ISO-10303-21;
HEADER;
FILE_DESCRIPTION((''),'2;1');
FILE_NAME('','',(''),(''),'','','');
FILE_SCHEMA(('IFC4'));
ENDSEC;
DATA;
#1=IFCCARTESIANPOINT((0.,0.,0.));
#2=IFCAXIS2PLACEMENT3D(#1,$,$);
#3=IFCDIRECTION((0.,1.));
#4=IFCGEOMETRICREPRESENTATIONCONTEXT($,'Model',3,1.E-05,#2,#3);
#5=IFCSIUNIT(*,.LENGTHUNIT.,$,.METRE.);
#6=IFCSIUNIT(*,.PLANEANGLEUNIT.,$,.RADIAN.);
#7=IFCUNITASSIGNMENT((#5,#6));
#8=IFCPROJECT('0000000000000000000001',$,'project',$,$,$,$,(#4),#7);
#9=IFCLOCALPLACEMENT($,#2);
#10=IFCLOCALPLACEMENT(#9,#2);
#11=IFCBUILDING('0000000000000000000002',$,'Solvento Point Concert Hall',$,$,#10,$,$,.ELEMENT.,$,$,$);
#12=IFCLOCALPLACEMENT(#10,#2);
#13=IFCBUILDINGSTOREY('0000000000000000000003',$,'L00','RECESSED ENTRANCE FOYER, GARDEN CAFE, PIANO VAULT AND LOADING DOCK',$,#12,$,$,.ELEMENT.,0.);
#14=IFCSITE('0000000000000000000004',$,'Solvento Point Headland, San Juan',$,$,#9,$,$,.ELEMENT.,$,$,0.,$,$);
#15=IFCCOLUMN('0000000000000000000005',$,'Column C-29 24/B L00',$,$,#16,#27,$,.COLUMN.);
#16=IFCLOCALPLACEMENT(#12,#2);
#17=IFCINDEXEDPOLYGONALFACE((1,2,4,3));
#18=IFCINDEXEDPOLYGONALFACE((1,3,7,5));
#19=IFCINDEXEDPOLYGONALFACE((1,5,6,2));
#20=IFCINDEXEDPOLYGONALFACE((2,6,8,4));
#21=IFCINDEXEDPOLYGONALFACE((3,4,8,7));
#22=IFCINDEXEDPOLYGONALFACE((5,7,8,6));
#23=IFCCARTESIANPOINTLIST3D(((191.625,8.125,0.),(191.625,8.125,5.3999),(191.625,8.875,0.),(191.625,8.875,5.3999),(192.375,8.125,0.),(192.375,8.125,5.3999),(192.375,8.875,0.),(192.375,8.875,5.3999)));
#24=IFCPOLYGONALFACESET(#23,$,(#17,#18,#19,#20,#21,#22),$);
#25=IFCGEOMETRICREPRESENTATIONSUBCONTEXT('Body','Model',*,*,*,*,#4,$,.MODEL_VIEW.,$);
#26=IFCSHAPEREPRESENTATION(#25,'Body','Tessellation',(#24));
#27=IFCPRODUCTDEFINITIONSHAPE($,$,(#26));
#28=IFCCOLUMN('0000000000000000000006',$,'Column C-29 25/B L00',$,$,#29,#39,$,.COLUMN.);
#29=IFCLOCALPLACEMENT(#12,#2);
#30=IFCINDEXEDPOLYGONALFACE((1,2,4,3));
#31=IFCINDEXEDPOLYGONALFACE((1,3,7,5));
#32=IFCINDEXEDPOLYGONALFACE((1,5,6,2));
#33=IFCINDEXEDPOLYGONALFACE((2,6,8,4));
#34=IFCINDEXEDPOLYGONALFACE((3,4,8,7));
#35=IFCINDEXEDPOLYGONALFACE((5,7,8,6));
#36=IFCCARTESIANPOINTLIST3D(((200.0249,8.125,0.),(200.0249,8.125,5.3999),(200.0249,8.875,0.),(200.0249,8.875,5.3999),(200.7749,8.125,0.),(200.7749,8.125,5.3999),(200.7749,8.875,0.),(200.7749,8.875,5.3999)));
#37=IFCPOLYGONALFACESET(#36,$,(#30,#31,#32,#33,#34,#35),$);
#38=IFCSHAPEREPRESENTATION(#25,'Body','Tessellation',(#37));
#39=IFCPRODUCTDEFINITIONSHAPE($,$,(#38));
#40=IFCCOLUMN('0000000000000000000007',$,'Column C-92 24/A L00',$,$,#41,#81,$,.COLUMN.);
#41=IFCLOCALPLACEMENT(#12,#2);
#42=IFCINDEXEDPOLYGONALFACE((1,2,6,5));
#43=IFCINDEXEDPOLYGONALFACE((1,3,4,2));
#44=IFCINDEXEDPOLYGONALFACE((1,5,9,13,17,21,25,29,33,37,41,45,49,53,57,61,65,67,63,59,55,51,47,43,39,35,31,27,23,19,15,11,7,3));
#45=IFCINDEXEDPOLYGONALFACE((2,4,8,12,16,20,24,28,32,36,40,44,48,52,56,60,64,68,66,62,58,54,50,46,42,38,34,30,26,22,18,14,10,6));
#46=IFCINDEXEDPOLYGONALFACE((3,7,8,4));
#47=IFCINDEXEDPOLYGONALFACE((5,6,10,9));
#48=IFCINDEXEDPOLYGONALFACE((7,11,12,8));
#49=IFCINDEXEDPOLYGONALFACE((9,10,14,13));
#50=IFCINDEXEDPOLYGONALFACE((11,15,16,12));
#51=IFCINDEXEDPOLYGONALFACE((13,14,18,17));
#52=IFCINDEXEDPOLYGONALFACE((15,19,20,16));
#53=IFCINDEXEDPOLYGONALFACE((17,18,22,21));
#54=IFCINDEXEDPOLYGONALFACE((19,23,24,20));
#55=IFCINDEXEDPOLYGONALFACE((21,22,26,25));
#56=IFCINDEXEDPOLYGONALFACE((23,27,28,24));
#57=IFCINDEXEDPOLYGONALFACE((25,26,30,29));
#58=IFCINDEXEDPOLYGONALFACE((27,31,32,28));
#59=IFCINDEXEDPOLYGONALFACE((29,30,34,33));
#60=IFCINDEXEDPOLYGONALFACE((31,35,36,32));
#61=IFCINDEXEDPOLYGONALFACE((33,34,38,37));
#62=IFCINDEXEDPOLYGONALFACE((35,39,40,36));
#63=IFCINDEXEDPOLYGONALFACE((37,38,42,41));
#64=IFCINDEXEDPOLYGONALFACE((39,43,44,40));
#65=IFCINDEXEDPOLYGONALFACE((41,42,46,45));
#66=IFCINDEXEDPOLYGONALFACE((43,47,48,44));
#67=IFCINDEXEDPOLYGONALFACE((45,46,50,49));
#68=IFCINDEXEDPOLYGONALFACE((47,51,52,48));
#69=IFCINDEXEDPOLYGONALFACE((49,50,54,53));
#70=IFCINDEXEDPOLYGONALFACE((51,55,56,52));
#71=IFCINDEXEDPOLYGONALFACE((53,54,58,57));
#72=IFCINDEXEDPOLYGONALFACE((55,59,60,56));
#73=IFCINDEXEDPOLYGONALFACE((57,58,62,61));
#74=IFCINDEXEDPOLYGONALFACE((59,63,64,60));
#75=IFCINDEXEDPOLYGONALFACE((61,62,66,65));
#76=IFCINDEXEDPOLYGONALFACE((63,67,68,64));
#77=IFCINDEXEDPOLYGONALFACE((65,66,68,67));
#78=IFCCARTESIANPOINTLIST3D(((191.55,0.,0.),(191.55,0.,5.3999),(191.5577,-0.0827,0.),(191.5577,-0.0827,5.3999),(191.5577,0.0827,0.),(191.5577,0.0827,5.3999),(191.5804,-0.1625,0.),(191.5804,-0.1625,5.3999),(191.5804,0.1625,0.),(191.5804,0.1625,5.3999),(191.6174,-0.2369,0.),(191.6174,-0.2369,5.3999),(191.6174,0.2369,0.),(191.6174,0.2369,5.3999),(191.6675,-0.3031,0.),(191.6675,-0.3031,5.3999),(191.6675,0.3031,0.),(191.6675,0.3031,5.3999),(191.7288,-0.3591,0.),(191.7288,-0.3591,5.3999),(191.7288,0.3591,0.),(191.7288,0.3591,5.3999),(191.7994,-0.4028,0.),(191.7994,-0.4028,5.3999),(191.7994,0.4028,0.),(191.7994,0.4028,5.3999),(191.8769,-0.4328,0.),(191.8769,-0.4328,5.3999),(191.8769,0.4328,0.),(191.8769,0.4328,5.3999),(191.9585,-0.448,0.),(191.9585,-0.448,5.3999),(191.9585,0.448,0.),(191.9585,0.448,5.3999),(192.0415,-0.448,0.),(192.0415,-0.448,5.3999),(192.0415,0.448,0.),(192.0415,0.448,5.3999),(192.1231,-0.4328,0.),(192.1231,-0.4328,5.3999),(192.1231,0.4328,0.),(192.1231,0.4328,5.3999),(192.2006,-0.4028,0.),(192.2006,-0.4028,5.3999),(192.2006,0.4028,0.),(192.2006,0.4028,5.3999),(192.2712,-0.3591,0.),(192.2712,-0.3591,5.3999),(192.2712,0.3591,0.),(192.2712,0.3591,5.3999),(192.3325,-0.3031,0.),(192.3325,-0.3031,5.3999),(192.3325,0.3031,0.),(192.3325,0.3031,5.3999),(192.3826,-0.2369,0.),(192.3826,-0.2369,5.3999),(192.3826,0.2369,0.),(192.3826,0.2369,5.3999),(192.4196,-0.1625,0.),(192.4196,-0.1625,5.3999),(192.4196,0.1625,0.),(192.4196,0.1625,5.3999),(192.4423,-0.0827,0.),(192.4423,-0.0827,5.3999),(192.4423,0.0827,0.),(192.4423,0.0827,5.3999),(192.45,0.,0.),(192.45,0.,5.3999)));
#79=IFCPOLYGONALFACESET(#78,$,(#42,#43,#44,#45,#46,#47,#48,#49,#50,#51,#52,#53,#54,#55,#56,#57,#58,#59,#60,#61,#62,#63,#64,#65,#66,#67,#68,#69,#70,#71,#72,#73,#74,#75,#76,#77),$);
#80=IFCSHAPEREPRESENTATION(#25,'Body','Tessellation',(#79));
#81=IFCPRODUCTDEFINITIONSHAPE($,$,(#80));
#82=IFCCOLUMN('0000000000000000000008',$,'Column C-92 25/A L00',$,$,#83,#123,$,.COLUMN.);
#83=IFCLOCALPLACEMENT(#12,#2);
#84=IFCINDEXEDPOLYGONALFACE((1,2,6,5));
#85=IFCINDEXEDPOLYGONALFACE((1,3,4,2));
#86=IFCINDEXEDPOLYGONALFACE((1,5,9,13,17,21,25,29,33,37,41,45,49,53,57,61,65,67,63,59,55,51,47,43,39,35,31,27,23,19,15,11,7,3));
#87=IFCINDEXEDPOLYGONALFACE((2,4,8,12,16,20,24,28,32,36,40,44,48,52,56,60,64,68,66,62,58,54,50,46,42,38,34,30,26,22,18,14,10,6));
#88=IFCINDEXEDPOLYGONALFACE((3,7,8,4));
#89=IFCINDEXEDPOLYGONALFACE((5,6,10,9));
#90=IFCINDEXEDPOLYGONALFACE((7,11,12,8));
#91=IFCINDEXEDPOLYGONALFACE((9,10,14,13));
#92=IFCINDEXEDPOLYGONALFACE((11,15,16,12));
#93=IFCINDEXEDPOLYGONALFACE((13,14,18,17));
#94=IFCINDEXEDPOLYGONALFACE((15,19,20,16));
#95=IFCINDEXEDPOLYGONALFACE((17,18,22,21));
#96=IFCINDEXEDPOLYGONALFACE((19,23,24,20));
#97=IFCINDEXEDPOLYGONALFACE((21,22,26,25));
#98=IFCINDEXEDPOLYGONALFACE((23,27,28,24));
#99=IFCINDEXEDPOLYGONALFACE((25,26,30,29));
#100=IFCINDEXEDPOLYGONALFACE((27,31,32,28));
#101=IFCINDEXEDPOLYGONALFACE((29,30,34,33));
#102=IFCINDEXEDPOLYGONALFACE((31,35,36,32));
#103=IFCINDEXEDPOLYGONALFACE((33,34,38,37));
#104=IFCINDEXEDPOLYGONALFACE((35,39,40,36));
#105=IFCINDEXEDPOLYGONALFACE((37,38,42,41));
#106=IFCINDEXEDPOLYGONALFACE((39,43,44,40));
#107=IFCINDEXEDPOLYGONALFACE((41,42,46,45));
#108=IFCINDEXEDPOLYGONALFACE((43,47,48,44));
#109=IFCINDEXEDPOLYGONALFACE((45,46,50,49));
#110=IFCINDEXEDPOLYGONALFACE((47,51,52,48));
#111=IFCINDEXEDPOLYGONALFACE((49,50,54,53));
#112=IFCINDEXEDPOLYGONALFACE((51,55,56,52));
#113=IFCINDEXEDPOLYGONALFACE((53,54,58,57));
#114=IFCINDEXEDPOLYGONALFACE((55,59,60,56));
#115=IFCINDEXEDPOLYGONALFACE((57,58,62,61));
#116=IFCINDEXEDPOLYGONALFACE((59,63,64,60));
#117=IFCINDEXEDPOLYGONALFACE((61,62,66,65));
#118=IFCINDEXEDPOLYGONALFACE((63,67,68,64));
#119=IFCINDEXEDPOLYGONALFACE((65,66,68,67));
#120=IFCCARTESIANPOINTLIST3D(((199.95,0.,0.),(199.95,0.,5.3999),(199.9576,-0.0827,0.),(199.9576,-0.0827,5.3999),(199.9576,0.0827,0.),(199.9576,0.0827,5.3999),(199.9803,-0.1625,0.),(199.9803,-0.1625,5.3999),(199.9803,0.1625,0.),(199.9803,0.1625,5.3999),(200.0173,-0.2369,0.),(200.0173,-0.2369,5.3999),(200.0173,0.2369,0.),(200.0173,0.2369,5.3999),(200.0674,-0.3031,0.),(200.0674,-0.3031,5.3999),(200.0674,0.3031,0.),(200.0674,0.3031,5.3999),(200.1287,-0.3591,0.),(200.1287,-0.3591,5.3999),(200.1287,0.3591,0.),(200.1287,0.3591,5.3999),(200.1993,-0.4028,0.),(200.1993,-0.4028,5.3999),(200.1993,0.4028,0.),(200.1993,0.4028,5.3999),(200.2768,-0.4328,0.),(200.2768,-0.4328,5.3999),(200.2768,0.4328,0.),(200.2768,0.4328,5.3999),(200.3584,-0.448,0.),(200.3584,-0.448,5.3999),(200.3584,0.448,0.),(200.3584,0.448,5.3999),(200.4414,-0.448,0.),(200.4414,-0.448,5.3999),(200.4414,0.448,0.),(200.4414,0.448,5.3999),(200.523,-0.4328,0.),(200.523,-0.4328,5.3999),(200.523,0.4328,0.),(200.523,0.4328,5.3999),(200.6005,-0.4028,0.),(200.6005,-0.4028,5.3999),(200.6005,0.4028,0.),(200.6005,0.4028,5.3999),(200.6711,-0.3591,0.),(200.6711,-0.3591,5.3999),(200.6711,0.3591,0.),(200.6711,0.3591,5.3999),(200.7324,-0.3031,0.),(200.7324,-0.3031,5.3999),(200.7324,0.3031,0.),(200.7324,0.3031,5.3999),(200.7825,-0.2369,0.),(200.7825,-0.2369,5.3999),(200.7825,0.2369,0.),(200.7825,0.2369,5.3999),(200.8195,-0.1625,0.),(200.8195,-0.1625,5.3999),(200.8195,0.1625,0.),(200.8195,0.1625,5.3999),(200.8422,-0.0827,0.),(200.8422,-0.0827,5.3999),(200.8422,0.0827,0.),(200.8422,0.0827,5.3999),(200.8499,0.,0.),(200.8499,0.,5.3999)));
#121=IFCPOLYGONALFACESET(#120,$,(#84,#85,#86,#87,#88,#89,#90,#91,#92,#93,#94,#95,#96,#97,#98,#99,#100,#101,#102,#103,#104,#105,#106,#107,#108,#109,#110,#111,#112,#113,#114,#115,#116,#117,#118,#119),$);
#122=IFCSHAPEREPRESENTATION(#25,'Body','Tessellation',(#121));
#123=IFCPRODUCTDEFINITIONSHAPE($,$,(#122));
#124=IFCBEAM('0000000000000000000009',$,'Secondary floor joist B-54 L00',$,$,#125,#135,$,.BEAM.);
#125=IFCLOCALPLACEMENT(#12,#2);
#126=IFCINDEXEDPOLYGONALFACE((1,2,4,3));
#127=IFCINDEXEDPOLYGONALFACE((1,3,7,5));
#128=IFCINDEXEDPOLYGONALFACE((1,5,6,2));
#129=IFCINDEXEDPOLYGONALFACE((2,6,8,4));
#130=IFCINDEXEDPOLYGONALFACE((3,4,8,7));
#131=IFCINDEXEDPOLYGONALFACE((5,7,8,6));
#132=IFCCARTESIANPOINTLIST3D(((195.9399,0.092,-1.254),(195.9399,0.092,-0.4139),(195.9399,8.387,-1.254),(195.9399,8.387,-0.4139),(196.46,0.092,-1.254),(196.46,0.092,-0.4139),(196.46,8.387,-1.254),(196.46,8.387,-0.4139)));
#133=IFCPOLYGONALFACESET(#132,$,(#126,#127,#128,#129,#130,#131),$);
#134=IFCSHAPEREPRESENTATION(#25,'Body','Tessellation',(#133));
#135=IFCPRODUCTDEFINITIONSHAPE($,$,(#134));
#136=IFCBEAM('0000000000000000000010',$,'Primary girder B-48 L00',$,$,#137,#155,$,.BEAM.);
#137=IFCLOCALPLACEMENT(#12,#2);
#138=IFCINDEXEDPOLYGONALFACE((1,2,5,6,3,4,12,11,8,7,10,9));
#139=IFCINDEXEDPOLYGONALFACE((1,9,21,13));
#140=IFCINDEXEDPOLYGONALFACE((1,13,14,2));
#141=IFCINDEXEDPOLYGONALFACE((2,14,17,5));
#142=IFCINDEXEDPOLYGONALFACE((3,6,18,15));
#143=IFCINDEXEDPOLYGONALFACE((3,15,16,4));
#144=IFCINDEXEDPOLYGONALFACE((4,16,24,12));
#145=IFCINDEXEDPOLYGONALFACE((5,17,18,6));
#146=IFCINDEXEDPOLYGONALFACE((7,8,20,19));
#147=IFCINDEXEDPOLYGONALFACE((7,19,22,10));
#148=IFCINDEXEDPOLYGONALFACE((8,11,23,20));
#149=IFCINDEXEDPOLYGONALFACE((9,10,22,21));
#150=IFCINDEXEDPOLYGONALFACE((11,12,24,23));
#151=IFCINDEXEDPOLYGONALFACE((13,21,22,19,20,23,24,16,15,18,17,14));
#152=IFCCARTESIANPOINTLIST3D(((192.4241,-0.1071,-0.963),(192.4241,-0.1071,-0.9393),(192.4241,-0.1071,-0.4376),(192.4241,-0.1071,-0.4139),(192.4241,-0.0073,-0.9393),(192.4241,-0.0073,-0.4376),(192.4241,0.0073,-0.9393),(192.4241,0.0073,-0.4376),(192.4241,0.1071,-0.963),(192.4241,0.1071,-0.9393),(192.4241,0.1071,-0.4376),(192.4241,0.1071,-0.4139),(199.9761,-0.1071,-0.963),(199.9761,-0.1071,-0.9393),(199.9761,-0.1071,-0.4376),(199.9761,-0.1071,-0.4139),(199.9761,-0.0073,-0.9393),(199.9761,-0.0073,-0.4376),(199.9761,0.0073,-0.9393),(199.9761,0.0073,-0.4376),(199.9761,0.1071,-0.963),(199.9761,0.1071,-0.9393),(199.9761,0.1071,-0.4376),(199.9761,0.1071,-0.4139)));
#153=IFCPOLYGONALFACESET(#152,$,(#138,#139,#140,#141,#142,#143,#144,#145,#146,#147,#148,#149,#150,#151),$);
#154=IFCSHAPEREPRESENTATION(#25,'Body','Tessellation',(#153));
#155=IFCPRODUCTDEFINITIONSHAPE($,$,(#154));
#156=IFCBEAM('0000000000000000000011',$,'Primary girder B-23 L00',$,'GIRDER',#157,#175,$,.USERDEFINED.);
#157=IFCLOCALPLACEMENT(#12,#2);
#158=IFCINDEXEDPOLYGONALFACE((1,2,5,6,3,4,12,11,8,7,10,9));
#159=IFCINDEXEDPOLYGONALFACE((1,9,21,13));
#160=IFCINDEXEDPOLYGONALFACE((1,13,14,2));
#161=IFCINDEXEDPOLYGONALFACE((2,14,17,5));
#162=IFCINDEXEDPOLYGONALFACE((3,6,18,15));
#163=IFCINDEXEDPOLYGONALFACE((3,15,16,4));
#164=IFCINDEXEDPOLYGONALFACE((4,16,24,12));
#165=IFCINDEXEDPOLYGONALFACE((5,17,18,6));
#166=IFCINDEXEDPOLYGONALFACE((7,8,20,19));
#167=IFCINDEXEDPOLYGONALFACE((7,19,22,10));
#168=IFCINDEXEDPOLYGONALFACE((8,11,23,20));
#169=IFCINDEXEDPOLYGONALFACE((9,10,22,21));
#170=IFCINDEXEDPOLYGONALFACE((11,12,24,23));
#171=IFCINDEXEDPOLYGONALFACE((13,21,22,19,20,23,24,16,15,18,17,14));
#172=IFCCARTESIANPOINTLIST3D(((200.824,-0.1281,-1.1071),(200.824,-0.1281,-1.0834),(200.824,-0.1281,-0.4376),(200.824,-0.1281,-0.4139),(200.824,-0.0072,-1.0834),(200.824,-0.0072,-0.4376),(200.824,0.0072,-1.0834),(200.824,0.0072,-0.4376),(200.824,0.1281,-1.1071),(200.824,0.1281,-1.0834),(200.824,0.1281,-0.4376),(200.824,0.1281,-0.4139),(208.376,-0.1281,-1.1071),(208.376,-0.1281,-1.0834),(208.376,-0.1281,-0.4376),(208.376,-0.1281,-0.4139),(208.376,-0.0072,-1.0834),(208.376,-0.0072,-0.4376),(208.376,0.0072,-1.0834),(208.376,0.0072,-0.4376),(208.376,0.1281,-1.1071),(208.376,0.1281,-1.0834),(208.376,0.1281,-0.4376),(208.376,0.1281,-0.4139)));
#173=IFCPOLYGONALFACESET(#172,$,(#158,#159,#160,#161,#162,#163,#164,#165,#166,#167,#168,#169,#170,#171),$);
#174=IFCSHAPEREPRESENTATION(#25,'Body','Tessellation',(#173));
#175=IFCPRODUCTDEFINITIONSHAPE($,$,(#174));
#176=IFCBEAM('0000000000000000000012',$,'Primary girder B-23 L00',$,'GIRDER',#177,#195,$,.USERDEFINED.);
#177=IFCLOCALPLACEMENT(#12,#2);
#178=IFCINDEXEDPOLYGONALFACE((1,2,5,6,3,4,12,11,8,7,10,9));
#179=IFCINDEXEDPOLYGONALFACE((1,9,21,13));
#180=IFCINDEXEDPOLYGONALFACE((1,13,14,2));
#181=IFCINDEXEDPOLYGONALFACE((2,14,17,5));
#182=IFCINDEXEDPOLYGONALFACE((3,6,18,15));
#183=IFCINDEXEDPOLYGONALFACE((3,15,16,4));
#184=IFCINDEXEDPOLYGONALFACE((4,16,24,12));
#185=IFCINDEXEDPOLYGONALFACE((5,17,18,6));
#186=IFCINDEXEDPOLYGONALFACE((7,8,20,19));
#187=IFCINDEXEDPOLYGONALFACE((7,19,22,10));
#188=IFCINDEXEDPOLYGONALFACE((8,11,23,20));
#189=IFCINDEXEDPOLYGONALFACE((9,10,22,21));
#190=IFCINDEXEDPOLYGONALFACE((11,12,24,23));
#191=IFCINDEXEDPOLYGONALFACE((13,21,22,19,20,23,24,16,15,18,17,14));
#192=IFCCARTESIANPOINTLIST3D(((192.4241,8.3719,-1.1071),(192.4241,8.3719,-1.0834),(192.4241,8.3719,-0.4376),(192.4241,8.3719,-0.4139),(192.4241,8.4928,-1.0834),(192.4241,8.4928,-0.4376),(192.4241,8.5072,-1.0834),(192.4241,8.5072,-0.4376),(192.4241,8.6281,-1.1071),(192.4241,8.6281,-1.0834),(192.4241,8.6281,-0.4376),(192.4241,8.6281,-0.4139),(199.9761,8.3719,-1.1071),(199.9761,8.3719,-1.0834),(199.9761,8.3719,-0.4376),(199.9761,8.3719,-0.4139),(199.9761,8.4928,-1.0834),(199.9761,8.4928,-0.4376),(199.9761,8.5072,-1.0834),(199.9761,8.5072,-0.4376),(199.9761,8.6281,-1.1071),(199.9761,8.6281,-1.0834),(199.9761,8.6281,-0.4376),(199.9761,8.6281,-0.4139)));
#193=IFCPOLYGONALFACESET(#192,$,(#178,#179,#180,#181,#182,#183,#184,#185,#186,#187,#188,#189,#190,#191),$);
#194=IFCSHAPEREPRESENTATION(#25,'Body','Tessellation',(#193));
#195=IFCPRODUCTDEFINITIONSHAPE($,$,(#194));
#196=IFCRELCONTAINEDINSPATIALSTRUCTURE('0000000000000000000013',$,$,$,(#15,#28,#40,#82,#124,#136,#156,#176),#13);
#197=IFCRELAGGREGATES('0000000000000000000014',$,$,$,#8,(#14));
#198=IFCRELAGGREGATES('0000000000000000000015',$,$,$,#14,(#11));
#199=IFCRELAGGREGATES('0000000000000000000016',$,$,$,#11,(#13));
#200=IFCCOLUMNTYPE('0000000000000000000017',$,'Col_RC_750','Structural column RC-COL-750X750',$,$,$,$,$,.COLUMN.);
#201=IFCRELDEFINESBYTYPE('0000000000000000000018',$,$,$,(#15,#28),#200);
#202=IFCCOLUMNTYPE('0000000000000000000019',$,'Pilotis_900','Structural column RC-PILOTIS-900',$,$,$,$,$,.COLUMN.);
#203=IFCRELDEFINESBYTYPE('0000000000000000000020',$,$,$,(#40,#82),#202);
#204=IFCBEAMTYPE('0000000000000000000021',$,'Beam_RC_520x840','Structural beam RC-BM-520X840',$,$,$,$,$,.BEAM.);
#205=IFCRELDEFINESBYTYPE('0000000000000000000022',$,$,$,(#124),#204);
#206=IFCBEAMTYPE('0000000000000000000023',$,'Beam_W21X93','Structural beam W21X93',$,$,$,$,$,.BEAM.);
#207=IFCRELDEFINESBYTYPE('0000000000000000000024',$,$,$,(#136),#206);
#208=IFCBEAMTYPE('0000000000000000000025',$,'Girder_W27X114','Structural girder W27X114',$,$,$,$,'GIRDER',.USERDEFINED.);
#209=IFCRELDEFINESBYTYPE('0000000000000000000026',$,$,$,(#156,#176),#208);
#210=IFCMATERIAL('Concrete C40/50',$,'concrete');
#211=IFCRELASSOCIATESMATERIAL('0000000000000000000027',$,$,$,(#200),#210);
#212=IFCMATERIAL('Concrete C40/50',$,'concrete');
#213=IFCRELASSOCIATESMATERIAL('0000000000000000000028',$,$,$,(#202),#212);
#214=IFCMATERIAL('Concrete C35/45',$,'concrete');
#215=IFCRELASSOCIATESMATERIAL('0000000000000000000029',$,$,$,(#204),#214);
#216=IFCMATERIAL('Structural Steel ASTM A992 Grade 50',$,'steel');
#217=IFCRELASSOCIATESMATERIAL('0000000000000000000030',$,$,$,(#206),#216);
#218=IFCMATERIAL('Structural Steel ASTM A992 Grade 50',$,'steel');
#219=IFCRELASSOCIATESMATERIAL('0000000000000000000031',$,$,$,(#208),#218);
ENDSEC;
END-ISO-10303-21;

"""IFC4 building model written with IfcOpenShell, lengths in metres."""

from ifc_helpers import new_model, si_unit, direction, frame, origin, origin_2d, place, context, subcontext, project, spatial, rectangle, circle, i_section, extrude, material, material_profile, profile_set, type_object, element, save


model = new_model("IFC4")

# Units and contexts
model_context = context("Model", 3, precision=1e-05, world=origin(), true_north=direction((0.0, 1.0)))
body_context = subcontext(model_context, "Body", "Model", "MODEL_VIEW")
ifc_project = project(units=[si_unit("LENGTHUNIT", "METRE"), si_unit("PLANEANGLEUNIT", "RADIAN")], contexts=[model_context])

# Site, building, storey
site_placement = place(None, origin())
site = spatial("IfcSite", under=ifc_project, at=site_placement, Name="Solvento Point Headland, San Juan", CompositionType="ELEMENT", RefElevation=0.0)
building_placement = place(site_placement, origin())
building = spatial("IfcBuilding", under=site, at=building_placement, Name="Solvento Point Concert Hall", CompositionType="ELEMENT")
storey_placement = place(building_placement, origin())
storey = spatial("IfcBuildingStorey", under=building, at=storey_placement, Name="L00", Description="RECESSED ENTRANCE FOYER, GARDEN CAFE, PIANO VAULT AND LOADING DOCK", CompositionType="ELEMENT", Elevation=0.0)

# Columns
ifc_material_1 = material(Name="Concrete C40/50", Category="concrete")
ifc_material_profile_1 = material_profile(ifc_material_1, rectangle(XDim=0.75, YDim=0.75, at=origin_2d()), Name="RC-COL-750X750")
ifc_profile_set_1 = profile_set([ifc_material_profile_1], Name="Concrete C40/50")
column_type_1 = type_object("IfcColumnType", Name="Col_RC_750", Description="Structural column RC-COL-750X750", PredefinedType="COLUMN", material=ifc_profile_set_1)
for number, where, z_axis, x_axis, name in (
    (1, (192.0, 8.5, 0.0), (0.0, 0.0, 1.0), (1.0, 0.0, 0.0), "Column C-29 24/B L00"),
    (2, (200.3999, 8.5, 0.0), (0.0, 0.0, 1.0), (1.0, 0.0, 0.0), "Column C-29 25/B L00"),
):
    element("IfcColumn", number, at=place(storey_placement, frame(where, z_axis=z_axis, x_axis=x_axis)), inside=storey, type_object=column_type_1, Name=name, PredefinedType="COLUMN", context=body_context, shape_type="SweptSolid", body=[
        extrude(rectangle(XDim=0.75, YDim=0.75, at=origin_2d()), origin(), (0.0, 0.0, 1.0), 5.3999),
    ])
ifc_material_2 = material(Name="Concrete C40/50", Category="concrete")
ifc_material_profile_2 = material_profile(ifc_material_2, circle(Radius=0.45, at=origin_2d()), Name="RC-PILOTIS-900")
ifc_profile_set_2 = profile_set([ifc_material_profile_2], Name="Concrete C40/50")
column_type_2 = type_object("IfcColumnType", Name="Pilotis_900", Description="Structural column RC-PILOTIS-900", PredefinedType="COLUMN", material=ifc_profile_set_2)
for number, where, z_axis, x_axis, name in (
    (3, (192.0, 0.0, 0.0), (0.0, 0.0, 1.0), (1.0, 0.0, 0.0), "Column C-92 24/A L00"),
    (4, (200.3999, 0.0, 0.0), (0.0, 0.0, 1.0), (1.0, 0.0, 0.0), "Column C-92 25/A L00"),
):
    element("IfcColumn", number, at=place(storey_placement, frame(where, z_axis=z_axis, x_axis=x_axis)), inside=storey, type_object=column_type_2, Name=name, PredefinedType="COLUMN", context=body_context, shape_type="SweptSolid", body=[
        extrude(circle(Radius=0.45, at=origin_2d()), origin(), (0.0, 0.0, 1.0), 5.3999),
    ])

# Beams
ifc_material_3 = material(Name="Concrete C35/45", Category="concrete")
ifc_material_profile_3 = material_profile(ifc_material_3, rectangle(XDim=0.52, YDim=0.8401, at=origin_2d()), Name="RC-BM-520X840")
ifc_profile_set_3 = profile_set([ifc_material_profile_3], Name="Concrete C35/45")
beam_type_1 = type_object("IfcBeamType", Name="Beam_RC_520x840", Description="Structural beam RC-BM-520X840", PredefinedType="BEAM", material=ifc_profile_set_3)
beam_1_placement = place(storey_placement, frame((196.2, 0.092, -0.834), z_axis=(0.0, 1.0, 0.0), x_axis=(-1.0, 0.0, 0.0)))
element("IfcBeam", 5, at=beam_1_placement, inside=storey, type_object=beam_type_1, Name="Secondary floor joist B-54 L00", PredefinedType="BEAM", context=body_context, shape_type="SweptSolid", body=[
    extrude(rectangle(XDim=0.52, YDim=0.8401, at=origin_2d()), origin(), (0.0, 0.0, 1.0), 8.2949),
])
ifc_material_4 = material(Name="Structural Steel ASTM A992 Grade 50", Category="steel")
ifc_material_profile_4 = material_profile(ifc_material_4, i_section(OverallWidth=0.2141, OverallDepth=0.5491, WebThickness=0.0146, FlangeThickness=0.0237, at=origin_2d()), Name="W21X93")
ifc_profile_set_4 = profile_set([ifc_material_profile_4], Name="Structural Steel ASTM A992 Grade 50")
beam_type_2 = type_object("IfcBeamType", Name="Beam_W21X93", Description="Structural beam W21X93", PredefinedType="BEAM", material=ifc_profile_set_4)
beam_2_placement = place(storey_placement, frame((192.4241, 0.0, -0.6885), z_axis=(1.0, 0.0, 0.0), x_axis=(0.0, 1.0, 0.0)))
element("IfcBeam", 6, at=beam_2_placement, inside=storey, type_object=beam_type_2, Name="Primary girder B-48 L00", PredefinedType="BEAM", context=body_context, shape_type="SweptSolid", body=[
    extrude(i_section(OverallWidth=0.2141, OverallDepth=0.5491, WebThickness=0.0146, FlangeThickness=0.0237, at=origin_2d()), origin(), (0.0, 0.0, 1.0), 7.552),
])
ifc_material_5 = material(Name="Structural Steel ASTM A992 Grade 50", Category="steel")
ifc_material_profile_5 = material_profile(ifc_material_5, i_section(OverallWidth=0.2561, OverallDepth=0.6931, WebThickness=0.0144, FlangeThickness=0.0237, at=origin_2d()), Name="W27X114")
ifc_profile_set_5 = profile_set([ifc_material_profile_5], Name="Structural Steel ASTM A992 Grade 50")
beam_type_3 = type_object("IfcBeamType", Name="Girder_W27X114", Description="Structural girder W27X114", ElementType="GIRDER", PredefinedType="USERDEFINED", material=ifc_profile_set_5)
for number, where, z_axis, x_axis, name in (
    (7, (200.824, 0.0, -0.7605), (1.0, 0.0, 0.0), (0.0, 1.0, 0.0), "Primary girder B-23 L00"),
    (8, (192.4241, 8.5, -0.7605), (1.0, 0.0, 0.0), (0.0, 1.0, 0.0), "Primary girder B-23 L00"),
):
    element("IfcBeam", number, at=place(storey_placement, frame(where, z_axis=z_axis, x_axis=x_axis)), inside=storey, type_object=beam_type_3, Name=name, ObjectType="GIRDER", PredefinedType="USERDEFINED", context=body_context, shape_type="SweptSolid", body=[
        extrude(i_section(OverallWidth=0.2561, OverallDepth=0.6931, WebThickness=0.0144, FlangeThickness=0.0237, at=origin_2d()), origin(), (0.0, 0.0, 1.0), 7.552),
    ])

save(model, "model.ifc")
